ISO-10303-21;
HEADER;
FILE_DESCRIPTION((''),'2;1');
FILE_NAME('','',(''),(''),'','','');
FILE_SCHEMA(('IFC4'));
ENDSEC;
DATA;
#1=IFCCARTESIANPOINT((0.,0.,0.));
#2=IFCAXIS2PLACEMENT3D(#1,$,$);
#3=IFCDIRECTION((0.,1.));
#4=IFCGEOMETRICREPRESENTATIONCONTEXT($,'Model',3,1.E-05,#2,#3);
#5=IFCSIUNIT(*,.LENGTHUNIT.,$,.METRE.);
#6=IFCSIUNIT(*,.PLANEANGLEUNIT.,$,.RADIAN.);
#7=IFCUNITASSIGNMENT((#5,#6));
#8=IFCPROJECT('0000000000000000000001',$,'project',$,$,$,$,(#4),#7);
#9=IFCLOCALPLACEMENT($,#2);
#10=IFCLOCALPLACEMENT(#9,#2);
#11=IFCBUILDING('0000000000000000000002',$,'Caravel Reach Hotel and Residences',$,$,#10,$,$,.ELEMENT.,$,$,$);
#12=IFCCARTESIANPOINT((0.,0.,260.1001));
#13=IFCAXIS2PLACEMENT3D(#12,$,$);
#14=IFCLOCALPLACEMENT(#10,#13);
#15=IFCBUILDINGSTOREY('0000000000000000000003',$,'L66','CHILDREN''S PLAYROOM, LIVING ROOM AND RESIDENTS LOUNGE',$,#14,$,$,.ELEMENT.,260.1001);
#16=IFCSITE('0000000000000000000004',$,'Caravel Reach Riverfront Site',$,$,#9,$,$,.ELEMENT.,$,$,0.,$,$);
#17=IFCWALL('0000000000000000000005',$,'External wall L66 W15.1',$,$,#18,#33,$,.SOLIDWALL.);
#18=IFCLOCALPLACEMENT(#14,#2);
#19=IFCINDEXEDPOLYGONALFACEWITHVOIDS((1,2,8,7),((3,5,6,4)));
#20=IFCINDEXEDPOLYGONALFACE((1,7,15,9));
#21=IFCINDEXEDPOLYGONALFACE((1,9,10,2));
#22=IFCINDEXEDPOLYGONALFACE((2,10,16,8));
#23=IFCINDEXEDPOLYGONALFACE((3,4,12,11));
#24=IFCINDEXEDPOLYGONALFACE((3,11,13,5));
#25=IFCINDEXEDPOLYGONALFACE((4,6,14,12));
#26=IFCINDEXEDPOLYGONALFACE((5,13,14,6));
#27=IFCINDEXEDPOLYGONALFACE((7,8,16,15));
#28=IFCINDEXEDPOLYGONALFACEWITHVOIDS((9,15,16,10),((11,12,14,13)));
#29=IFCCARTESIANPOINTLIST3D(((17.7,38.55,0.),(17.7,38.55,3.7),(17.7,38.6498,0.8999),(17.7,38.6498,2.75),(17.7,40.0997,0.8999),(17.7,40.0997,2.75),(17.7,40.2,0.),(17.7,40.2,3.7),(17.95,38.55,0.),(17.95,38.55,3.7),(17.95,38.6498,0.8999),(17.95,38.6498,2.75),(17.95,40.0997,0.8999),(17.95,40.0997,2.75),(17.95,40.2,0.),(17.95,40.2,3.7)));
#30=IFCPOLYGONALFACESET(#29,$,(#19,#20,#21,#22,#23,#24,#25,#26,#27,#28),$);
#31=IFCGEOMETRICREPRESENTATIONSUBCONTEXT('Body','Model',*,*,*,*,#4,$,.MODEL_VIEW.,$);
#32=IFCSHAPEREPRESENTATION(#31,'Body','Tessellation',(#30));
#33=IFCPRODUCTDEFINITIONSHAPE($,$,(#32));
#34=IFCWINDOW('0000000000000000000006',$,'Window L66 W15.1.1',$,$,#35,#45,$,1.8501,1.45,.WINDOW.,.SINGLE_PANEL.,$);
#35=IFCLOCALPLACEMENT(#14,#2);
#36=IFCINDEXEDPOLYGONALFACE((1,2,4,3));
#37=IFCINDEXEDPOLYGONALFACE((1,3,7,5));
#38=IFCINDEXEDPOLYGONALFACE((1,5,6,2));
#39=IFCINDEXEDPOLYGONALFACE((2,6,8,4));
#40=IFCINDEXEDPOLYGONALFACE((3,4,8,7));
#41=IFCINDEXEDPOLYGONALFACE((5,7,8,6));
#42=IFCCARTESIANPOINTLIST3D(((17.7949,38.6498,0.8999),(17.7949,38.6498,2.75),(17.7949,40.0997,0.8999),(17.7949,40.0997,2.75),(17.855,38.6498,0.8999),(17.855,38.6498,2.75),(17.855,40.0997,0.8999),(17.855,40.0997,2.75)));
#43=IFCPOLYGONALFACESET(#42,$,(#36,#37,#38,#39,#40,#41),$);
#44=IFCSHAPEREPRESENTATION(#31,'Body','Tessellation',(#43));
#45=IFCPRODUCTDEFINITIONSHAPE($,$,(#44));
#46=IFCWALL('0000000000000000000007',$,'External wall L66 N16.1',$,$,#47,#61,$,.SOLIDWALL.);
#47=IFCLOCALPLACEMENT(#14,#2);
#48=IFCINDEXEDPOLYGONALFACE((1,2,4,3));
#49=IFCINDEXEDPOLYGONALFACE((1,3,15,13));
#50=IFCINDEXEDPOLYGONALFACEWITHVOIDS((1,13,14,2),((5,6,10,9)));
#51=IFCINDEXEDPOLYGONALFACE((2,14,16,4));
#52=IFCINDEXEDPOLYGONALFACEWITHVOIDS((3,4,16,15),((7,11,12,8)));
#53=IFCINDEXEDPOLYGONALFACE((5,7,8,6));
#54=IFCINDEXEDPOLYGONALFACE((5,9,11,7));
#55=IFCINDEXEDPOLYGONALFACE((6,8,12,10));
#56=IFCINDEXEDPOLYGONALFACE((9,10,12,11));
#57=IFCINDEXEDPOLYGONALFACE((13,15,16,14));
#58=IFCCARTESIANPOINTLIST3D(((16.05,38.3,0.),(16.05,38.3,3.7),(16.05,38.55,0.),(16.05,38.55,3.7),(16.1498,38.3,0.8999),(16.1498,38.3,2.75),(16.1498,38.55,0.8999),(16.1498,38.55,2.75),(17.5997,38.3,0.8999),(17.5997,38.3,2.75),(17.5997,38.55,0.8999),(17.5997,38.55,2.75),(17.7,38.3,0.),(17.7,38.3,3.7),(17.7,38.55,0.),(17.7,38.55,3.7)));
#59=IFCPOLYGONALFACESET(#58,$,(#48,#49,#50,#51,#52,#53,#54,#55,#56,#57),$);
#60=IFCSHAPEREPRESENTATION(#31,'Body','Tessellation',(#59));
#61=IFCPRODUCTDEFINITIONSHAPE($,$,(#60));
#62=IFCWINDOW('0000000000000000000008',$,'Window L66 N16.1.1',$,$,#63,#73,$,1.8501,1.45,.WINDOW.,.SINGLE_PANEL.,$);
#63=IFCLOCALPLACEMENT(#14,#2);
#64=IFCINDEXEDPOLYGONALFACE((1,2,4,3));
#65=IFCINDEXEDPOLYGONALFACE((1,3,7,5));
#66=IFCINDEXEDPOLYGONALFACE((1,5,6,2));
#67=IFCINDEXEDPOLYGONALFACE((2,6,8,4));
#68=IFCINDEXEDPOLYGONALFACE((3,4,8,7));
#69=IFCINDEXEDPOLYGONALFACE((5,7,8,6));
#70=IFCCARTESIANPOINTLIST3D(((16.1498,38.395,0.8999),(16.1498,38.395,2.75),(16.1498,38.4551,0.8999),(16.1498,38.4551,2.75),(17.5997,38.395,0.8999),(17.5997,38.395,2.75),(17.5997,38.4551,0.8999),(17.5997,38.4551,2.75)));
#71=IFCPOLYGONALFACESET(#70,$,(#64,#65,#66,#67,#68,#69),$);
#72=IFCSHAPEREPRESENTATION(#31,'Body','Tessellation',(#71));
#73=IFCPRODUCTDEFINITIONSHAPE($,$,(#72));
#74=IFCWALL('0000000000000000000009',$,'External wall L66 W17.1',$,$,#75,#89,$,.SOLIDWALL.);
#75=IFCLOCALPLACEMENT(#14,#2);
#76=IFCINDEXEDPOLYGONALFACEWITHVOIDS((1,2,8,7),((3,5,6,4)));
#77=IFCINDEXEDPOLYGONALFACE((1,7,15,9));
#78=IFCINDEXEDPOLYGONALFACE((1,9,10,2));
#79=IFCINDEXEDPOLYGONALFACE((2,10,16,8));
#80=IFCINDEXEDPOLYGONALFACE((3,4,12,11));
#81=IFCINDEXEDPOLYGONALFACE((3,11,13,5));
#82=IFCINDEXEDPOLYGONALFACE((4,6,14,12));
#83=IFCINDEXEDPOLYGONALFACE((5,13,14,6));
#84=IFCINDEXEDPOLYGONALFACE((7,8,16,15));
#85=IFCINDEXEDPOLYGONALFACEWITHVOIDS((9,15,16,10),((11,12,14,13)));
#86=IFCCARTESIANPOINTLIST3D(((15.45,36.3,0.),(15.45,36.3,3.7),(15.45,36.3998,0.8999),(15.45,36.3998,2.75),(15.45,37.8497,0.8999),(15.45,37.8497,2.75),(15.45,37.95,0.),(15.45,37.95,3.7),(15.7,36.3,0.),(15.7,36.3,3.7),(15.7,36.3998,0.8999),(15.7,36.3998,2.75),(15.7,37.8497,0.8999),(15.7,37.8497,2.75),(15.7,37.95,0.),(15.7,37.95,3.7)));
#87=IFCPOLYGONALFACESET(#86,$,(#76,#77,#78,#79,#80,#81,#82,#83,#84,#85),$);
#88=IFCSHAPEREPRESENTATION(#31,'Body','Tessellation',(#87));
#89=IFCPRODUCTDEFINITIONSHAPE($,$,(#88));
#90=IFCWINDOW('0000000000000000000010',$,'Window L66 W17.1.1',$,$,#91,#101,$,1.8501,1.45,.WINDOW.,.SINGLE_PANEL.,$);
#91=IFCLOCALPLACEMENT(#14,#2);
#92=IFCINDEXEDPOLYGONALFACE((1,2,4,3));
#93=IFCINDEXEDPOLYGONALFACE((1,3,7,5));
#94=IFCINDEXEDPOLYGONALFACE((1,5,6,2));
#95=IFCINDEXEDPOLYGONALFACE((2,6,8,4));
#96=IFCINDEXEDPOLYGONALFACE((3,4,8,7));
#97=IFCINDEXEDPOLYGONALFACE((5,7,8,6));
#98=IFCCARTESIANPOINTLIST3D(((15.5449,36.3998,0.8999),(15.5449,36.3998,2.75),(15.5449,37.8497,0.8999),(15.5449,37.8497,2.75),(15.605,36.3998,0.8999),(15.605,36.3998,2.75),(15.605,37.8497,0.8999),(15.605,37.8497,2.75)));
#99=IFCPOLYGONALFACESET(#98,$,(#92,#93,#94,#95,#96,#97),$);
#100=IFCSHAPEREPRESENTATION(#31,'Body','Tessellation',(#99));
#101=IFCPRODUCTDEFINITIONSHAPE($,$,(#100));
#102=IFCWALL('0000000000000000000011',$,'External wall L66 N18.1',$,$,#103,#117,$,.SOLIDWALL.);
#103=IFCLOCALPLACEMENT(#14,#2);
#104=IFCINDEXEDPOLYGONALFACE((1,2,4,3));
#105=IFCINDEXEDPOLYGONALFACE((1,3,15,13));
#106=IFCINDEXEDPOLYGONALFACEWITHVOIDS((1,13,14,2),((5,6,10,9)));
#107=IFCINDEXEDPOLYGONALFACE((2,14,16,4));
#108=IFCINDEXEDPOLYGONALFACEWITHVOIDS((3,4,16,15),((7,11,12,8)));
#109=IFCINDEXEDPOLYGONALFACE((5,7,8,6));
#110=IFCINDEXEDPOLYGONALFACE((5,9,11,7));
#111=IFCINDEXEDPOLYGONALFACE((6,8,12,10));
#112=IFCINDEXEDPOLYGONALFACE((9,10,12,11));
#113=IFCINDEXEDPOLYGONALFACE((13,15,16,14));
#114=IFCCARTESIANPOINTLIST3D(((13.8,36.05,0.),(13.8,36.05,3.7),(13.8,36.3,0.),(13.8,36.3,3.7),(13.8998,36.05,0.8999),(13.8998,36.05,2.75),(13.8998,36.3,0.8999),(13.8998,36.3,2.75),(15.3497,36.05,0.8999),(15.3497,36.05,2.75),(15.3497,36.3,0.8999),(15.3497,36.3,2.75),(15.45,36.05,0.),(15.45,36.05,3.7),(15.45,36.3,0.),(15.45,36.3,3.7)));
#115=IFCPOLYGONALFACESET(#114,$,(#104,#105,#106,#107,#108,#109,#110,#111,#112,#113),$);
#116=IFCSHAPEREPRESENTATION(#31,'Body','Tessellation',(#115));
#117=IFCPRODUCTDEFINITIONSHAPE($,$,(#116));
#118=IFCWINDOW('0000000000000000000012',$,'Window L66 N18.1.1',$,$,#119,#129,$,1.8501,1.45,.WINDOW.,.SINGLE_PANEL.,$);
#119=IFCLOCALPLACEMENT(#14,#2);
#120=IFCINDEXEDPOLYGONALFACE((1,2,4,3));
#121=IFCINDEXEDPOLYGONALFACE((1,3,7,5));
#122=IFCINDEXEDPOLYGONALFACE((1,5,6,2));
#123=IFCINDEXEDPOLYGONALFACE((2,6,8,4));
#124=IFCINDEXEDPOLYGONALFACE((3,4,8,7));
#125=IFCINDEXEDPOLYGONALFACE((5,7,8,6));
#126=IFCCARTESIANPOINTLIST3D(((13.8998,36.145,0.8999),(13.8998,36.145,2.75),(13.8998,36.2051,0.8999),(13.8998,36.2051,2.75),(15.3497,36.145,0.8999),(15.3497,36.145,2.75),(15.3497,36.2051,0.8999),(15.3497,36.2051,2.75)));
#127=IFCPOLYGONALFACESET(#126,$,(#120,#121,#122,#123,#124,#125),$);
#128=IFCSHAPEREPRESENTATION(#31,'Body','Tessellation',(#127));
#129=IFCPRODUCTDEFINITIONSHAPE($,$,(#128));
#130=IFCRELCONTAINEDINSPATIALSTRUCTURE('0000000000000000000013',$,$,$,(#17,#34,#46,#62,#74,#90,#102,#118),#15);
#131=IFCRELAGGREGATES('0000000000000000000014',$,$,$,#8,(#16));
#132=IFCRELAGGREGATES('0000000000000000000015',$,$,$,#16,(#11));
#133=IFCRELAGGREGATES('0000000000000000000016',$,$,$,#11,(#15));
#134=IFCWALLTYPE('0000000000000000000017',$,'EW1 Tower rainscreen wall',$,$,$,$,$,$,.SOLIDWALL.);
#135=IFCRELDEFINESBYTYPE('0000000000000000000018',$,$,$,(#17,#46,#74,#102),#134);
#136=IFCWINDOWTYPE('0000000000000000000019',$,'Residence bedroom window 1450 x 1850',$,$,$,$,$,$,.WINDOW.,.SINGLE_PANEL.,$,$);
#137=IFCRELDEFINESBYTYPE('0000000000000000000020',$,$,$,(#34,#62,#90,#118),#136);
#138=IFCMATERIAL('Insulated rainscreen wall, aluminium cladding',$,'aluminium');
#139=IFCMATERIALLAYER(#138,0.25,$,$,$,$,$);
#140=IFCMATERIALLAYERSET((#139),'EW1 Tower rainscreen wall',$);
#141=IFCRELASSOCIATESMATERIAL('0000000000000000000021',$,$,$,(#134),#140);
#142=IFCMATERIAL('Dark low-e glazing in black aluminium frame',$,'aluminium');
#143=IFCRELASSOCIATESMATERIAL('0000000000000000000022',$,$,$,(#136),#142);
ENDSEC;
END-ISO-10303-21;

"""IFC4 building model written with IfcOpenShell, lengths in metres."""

from ifc_helpers import new_model, si_unit, direction, frame, frame_2d, origin, place, context, subcontext, project, spatial, rectangle, extrude, material, layer, layer_set, type_object, element, fill, save


model = new_model("IFC4")

# Units and contexts
model_context = context("Model", 3, precision=1e-05, world=origin(), true_north=direction((0.0, 1.0)))
body_context = subcontext(model_context, "Body", "Model", "MODEL_VIEW")
ifc_project = project(units=[si_unit("LENGTHUNIT", "METRE"), si_unit("PLANEANGLEUNIT", "RADIAN")], contexts=[model_context])

# Site, building, storey
site_placement = place(None, origin())
site = spatial("IfcSite", under=ifc_project, at=site_placement, Name="Caravel Reach Riverfront Site", CompositionType="ELEMENT", RefElevation=0.0)
building_placement = place(site_placement, origin())
building = spatial("IfcBuilding", under=site, at=building_placement, Name="Caravel Reach Hotel and Residences", CompositionType="ELEMENT")
storey_placement = place(building_placement, frame((0.0, 0.0, 260.1001)))
storey = spatial("IfcBuildingStorey", under=building, at=storey_placement, Name="L66", Description="CHILDREN'S PLAYROOM, LIVING ROOM AND RESIDENTS LOUNGE", CompositionType="ELEMENT", Elevation=260.1001)

# Walls, openings, windows
ifc_material_1 = material(Name="Insulated rainscreen wall, aluminium cladding", Category="aluminium")
ifc_layer_1 = layer(ifc_material_1, 0.25)
ifc_layer_set_1 = layer_set([ifc_layer_1], Name="EW1 Tower rainscreen wall")
wall_type_1 = type_object("IfcWallType", Name="EW1 Tower rainscreen wall", PredefinedType="SOLIDWALL", material=ifc_layer_set_1)
wall_1_placement = place(storey_placement, frame((17.825, 40.2, 0.0), z_axis=(0.0, 0.0, 1.0), x_axis=(0.0, -1.0, 0.0)))
wall_1 = element("IfcWall", 1, at=wall_1_placement, inside=storey, type_object=wall_type_1, Name="External wall L66 W15.1", PredefinedType="SOLIDWALL", context=body_context, shape_type="SweptSolid", body=[
    extrude(rectangle(XDim=1.6499, YDim=0.25, at=frame_2d((0.825, 0.0))), origin(), (0.0, 0.0, 1.0), 3.7),
])
opening_1_placement = place(wall_1_placement, frame((0.1001, 0.0, 0.8999)))
opening_1 = element("IfcOpeningElement", 2, at=opening_1_placement, cuts=wall_1, PredefinedType="OPENING", context=body_context, shape_type="SweptSolid", body=[
    extrude(rectangle(XDim=1.45, YDim=1.8501, at=frame_2d((0.7251, 0.925))), frame((0.0, 0.135, 0.0), z_axis=(0.0, -1.0, 0.0), x_axis=(1.0, 0.0, 0.0)), (0.0, 0.0, 1.0), 0.27),
])
ifc_material_2 = material(Name="Dark low-e glazing in black aluminium frame", Category="aluminium")
window_type_1 = type_object("IfcWindowType", Name="Residence bedroom window 1450 x 1850", PartitioningType="SINGLE_PANEL", PredefinedType="WINDOW", material=ifc_material_2)
window_1_placement = place(opening_1_placement, origin())
window_1 = element("IfcWindow", 3, at=window_1_placement, inside=storey, type_object=window_type_1, Name="Window L66 W15.1.1", OverallHeight=1.8501, OverallWidth=1.45, PartitioningType="SINGLE_PANEL", PredefinedType="WINDOW", context=body_context, shape_type="SweptSolid", body=[
    extrude(rectangle(XDim=1.45, YDim=1.8501, at=frame_2d((0.7251, 0.925))), frame((0.0, 0.03, 0.0), z_axis=(0.0, -1.0, 0.0), x_axis=(1.0, 0.0, 0.0)), (0.0, 0.0, 1.0), 0.0601),
])
fill(opening_1, window_1)
wall_2_placement = place(storey_placement, frame((17.7, 38.425, 0.0), z_axis=(0.0, 0.0, 1.0), x_axis=(-1.0, 0.0, 0.0)))
wall_2 = element("IfcWall", 4, at=wall_2_placement, inside=storey, type_object=wall_type_1, Name="External wall L66 N16.1", PredefinedType="SOLIDWALL", context=body_context, shape_type="SweptSolid", body=[
    extrude(rectangle(XDim=1.6499, YDim=0.25, at=frame_2d((0.825, 0.0))), origin(), (0.0, 0.0, 1.0), 3.7),
])
opening_2_placement = place(wall_2_placement, frame((0.1001, 0.0, 0.8999)))
opening_2 = element("IfcOpeningElement", 5, at=opening_2_placement, cuts=wall_2, PredefinedType="OPENING", context=body_context, shape_type="SweptSolid", body=[
    extrude(rectangle(XDim=1.45, YDim=1.8501, at=frame_2d((0.7251, 0.925))), frame((0.0, 0.135, 0.0), z_axis=(0.0, -1.0, 0.0), x_axis=(1.0, 0.0, 0.0)), (0.0, 0.0, 1.0), 0.27),
])
window_2_placement = place(opening_2_placement, origin())
window_2 = element("IfcWindow", 6, at=window_2_placement, inside=storey, type_object=window_type_1, Name="Window L66 N16.1.1", OverallHeight=1.8501, OverallWidth=1.45, PartitioningType="SINGLE_PANEL", PredefinedType="WINDOW", context=body_context, shape_type="SweptSolid", body=[
    extrude(rectangle(XDim=1.45, YDim=1.8501, at=frame_2d((0.7251, 0.925))), frame((0.0, 0.03, 0.0), z_axis=(0.0, -1.0, 0.0), x_axis=(1.0, 0.0, 0.0)), (0.0, 0.0, 1.0), 0.0601),
])
fill(opening_2, window_2)
wall_3_placement = place(storey_placement, frame((15.575, 37.95, 0.0), z_axis=(0.0, 0.0, 1.0), x_axis=(0.0, -1.0, 0.0)))
wall_3 = element("IfcWall", 7, at=wall_3_placement, inside=storey, type_object=wall_type_1, Name="External wall L66 W17.1", PredefinedType="SOLIDWALL", context=body_context, shape_type="SweptSolid", body=[
    extrude(rectangle(XDim=1.6499, YDim=0.25, at=frame_2d((0.825, 0.0))), origin(), (0.0, 0.0, 1.0), 3.7),
])
opening_3_placement = place(wall_3_placement, frame((0.1001, 0.0, 0.8999)))
opening_3 = element("IfcOpeningElement", 8, at=opening_3_placement, cuts=wall_3, PredefinedType="OPENING", context=body_context, shape_type="SweptSolid", body=[
    extrude(rectangle(XDim=1.45, YDim=1.8501, at=frame_2d((0.7251, 0.925))), frame((0.0, 0.135, 0.0), z_axis=(0.0, -1.0, 0.0), x_axis=(1.0, 0.0, 0.0)), (0.0, 0.0, 1.0), 0.27),
])
window_3_placement = place(opening_3_placement, origin())
window_3 = element("IfcWindow", 9, at=window_3_placement, inside=storey, type_object=window_type_1, Name="Window L66 W17.1.1", OverallHeight=1.8501, OverallWidth=1.45, PartitioningType="SINGLE_PANEL", PredefinedType="WINDOW", context=body_context, shape_type="SweptSolid", body=[
    extrude(rectangle(XDim=1.45, YDim=1.8501, at=frame_2d((0.7251, 0.925))), frame((0.0, 0.03, 0.0), z_axis=(0.0, -1.0, 0.0), x_axis=(1.0, 0.0, 0.0)), (0.0, 0.0, 1.0), 0.0601),
])
fill(opening_3, window_3)
wall_4_placement = place(storey_placement, frame((15.45, 36.175, 0.0), z_axis=(0.0, 0.0, 1.0), x_axis=(-1.0, 0.0, 0.0)))
wall_4 = element("IfcWall", 10, at=wall_4_placement, inside=storey, type_object=wall_type_1, Name="External wall L66 N18.1", PredefinedType="SOLIDWALL", context=body_context, shape_type="SweptSolid", body=[
    extrude(rectangle(XDim=1.6499, YDim=0.25, at=frame_2d((0.825, 0.0))), origin(), (0.0, 0.0, 1.0), 3.7),
])
opening_4_placement = place(wall_4_placement, frame((0.1001, 0.0, 0.8999)))
opening_4 = element("IfcOpeningElement", 11, at=opening_4_placement, cuts=wall_4, PredefinedType="OPENING", context=body_context, shape_type="SweptSolid", body=[
    extrude(rectangle(XDim=1.45, YDim=1.8501, at=frame_2d((0.7251, 0.925))), frame((0.0, 0.135, 0.0), z_axis=(0.0, -1.0, 0.0), x_axis=(1.0, 0.0, 0.0)), (0.0, 0.0, 1.0), 0.27),
])
window_4_placement = place(opening_4_placement, origin())
window_4 = element("IfcWindow", 12, at=window_4_placement, inside=storey, type_object=window_type_1, Name="Window L66 N18.1.1", OverallHeight=1.8501, OverallWidth=1.45, PartitioningType="SINGLE_PANEL", PredefinedType="WINDOW", context=body_context, shape_type="SweptSolid", body=[
    extrude(rectangle(XDim=1.45, YDim=1.8501, at=frame_2d((0.7251, 0.925))), frame((0.0, 0.03, 0.0), z_axis=(0.0, -1.0, 0.0), x_axis=(1.0, 0.0, 0.0)), (0.0, 0.0, 1.0), 0.0601),
])
fill(opening_4, window_4)

save(model, "model.ifc")
